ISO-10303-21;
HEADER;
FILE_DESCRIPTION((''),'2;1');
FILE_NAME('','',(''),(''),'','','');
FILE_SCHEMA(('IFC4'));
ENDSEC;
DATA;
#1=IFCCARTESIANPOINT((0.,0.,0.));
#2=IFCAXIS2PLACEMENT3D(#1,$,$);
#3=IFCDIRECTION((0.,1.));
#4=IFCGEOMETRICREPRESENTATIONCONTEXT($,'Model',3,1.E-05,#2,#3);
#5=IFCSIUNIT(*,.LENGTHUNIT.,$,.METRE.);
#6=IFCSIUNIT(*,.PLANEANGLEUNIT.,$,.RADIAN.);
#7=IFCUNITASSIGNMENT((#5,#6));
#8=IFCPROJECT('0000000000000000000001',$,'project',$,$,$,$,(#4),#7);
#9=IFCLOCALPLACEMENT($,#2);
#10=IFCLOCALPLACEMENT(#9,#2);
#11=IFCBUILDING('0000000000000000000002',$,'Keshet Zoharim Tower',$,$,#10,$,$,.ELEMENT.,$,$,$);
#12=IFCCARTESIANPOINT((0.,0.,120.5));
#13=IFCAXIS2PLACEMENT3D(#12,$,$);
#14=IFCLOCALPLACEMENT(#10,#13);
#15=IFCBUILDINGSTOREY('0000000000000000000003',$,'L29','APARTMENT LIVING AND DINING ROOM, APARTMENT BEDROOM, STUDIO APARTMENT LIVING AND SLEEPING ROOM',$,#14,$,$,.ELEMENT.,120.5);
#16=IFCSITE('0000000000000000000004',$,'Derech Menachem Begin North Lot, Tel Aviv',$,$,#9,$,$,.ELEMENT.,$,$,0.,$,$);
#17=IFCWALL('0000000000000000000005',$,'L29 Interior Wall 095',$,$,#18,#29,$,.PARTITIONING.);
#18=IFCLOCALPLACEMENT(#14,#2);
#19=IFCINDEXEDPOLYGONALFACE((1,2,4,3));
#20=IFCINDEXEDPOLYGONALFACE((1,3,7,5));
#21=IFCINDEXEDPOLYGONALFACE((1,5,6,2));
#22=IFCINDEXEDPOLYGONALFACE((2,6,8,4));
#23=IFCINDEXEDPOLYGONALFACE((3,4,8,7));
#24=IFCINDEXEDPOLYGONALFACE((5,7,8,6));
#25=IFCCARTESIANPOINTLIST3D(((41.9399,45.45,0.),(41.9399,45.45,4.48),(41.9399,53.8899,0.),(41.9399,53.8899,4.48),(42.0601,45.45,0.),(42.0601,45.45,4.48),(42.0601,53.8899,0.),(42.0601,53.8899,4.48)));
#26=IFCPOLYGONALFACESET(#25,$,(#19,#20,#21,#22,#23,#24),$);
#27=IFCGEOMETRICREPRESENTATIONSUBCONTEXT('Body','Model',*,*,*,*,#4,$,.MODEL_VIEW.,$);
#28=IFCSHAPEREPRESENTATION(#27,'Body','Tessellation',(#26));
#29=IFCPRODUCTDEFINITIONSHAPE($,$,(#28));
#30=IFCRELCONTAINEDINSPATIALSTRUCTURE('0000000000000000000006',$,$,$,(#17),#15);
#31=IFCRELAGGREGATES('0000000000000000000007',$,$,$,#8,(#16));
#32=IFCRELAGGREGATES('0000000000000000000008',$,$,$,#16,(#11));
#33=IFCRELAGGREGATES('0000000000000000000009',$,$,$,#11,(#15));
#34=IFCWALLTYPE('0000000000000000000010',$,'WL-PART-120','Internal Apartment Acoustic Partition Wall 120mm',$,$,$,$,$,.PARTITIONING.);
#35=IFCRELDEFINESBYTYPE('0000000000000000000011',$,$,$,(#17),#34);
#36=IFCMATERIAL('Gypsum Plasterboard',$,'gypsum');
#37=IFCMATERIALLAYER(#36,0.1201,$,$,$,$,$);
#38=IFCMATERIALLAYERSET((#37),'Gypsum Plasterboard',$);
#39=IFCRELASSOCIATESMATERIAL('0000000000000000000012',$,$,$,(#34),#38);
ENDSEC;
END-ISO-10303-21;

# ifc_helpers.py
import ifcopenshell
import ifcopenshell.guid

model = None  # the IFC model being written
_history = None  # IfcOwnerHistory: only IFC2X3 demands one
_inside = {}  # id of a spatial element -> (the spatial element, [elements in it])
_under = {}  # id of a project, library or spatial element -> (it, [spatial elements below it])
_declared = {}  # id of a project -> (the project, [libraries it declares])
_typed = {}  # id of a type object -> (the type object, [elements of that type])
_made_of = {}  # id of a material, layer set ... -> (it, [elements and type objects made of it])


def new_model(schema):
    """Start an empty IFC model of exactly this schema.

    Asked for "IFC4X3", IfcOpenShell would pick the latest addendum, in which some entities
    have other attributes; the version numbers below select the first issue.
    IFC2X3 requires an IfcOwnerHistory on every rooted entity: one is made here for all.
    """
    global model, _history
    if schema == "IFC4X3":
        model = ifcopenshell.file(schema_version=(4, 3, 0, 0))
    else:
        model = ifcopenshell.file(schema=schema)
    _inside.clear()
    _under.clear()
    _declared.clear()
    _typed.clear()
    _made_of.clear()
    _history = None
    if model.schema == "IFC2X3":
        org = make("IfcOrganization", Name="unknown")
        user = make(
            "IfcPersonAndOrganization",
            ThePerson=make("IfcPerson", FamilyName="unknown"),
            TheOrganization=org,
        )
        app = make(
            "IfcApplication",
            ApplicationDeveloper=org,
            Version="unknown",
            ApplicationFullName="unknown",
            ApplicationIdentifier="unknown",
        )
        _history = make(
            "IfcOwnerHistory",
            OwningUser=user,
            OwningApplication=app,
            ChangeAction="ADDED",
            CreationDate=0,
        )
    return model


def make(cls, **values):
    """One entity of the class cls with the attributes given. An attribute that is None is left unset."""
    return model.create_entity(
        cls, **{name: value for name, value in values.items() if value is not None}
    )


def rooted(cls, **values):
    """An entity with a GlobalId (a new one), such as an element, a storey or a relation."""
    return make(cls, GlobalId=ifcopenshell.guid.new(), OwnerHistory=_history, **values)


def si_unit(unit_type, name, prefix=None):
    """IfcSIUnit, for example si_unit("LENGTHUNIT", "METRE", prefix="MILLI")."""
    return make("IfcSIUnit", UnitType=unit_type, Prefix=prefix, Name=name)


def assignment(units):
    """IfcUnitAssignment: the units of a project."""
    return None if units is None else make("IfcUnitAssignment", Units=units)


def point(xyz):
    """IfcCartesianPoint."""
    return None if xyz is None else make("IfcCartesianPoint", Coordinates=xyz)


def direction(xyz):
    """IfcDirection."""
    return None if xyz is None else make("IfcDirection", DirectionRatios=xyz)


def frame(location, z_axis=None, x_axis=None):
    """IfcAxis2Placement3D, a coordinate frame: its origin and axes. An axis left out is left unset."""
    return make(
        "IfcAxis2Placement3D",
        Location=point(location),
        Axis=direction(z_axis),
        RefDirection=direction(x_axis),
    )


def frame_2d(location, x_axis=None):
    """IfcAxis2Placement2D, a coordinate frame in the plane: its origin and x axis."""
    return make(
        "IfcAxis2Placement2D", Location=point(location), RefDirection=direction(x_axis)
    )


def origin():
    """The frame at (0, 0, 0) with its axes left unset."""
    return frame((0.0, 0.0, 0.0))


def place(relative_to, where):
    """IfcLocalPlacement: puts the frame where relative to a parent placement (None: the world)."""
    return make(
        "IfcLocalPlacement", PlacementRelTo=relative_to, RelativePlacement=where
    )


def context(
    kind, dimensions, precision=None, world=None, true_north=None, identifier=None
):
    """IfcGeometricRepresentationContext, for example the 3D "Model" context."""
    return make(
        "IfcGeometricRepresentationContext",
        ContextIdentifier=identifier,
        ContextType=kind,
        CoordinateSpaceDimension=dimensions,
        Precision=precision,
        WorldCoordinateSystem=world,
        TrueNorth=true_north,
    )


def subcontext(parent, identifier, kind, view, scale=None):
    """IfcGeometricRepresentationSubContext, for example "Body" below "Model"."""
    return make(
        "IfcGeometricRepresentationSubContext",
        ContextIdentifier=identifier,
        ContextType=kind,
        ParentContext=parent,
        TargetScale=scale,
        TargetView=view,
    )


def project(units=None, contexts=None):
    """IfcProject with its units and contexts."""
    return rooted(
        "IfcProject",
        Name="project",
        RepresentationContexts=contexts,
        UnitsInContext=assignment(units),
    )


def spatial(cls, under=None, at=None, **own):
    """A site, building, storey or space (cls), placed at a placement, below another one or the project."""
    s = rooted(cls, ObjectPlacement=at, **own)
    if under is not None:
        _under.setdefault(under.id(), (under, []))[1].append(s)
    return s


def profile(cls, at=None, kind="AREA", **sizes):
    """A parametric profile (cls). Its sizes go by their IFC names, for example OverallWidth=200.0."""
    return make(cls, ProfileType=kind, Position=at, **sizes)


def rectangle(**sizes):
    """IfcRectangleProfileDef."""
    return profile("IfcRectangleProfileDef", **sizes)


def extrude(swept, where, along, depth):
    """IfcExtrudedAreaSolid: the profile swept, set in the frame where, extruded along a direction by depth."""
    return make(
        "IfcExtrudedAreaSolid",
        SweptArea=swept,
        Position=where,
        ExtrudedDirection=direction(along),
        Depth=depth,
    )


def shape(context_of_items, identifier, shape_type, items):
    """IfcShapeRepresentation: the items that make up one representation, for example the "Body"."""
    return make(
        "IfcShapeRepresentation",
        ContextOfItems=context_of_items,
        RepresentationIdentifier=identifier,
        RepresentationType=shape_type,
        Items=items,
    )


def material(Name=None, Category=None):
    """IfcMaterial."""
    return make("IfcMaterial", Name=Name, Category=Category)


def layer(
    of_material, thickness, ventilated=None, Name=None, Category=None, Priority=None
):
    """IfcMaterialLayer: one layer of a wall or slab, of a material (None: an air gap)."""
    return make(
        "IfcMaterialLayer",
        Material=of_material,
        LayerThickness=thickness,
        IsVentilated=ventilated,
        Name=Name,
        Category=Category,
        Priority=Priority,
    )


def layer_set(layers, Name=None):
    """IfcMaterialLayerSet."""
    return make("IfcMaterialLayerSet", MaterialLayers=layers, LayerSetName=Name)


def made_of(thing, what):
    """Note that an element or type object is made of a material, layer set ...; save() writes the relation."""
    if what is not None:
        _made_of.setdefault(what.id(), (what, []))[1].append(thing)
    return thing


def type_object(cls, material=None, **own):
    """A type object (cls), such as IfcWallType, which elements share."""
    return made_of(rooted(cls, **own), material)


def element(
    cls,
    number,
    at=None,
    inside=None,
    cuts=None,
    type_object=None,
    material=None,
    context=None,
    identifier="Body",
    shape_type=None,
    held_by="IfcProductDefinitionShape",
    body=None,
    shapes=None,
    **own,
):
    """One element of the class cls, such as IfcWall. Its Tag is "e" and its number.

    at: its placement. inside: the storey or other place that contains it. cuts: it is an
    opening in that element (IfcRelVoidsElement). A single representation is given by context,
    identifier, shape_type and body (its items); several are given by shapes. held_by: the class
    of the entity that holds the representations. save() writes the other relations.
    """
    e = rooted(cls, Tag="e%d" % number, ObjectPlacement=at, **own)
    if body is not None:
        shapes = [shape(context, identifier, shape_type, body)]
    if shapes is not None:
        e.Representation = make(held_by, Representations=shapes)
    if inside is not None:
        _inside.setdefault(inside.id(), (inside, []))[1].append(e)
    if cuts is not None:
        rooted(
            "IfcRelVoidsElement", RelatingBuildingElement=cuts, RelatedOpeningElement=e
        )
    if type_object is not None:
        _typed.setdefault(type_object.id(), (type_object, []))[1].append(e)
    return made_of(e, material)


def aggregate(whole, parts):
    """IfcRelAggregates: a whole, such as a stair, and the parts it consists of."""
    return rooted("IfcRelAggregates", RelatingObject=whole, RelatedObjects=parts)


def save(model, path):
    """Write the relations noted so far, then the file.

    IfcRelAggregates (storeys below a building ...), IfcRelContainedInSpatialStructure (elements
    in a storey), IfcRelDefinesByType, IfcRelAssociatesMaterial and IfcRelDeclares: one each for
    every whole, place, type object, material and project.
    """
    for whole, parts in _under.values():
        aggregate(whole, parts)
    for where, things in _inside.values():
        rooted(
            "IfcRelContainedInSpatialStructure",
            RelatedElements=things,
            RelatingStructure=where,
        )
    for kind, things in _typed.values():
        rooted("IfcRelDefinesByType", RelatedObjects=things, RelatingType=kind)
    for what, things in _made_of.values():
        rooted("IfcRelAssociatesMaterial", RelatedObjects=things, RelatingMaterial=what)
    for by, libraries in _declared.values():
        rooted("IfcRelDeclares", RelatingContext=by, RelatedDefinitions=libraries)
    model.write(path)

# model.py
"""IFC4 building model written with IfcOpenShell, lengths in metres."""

from ifc_helpers import new_model, si_unit, direction, frame, frame_2d, origin, place, context, subcontext, project, spatial, rectangle, extrude, material, layer, layer_set, type_object, element, save


model = new_model("IFC4")

# Units and contexts
model_context = context("Model", 3, precision=1e-05, world=origin(), true_north=direction((0.0, 1.0)))
body_context = subcontext(model_context, "Body", "Model", "MODEL_VIEW")
ifc_project = project(units=[si_unit("LENGTHUNIT", "METRE"), si_unit("PLANEANGLEUNIT", "RADIAN")], contexts=[model_context])

# Site, building, storey
site_placement = place(None, origin())
site = spatial("IfcSite", under=ifc_project, at=site_placement, Name="Derech Menachem Begin North Lot, Tel Aviv", CompositionType="ELEMENT", RefElevation=0.0)
building_placement = place(site_placement, origin())
building = spatial("IfcBuilding", under=site, at=building_placement, Name="Keshet Zoharim Tower", CompositionType="ELEMENT")
storey_placement = place(building_placement, frame((0.0, 0.0, 120.5)))
storey = spatial("IfcBuildingStorey", under=building, at=storey_placement, Name="L29", Description="APARTMENT LIVING AND DINING ROOM, APARTMENT BEDROOM, STUDIO APARTMENT LIVING AND SLEEPING ROOM", CompositionType="ELEMENT", Elevation=120.5)

# Wall
ifc_material_1 = material(Name="Gypsum Plasterboard", Category="gypsum")
ifc_layer_1 = layer(ifc_material_1, 0.1201)
ifc_layer_set_1 = layer_set([ifc_layer_1], Name="Gypsum Plasterboard")
wall_type = type_object("IfcWallType", Name="WL-PART-120", Description="Internal Apartment Acoustic Partition Wall 120mm", PredefinedType="PARTITIONING", material=ifc_layer_set_1)
wall_1_placement = place(storey_placement, frame((42.0, 45.45, 0.0), z_axis=(0.0, 0.0, 1.0), x_axis=(0.0, 1.0, 0.0)))
element("IfcWall", 1, at=wall_1_placement, inside=storey, type_object=wall_type, Name="L29 Interior Wall 095", PredefinedType="PARTITIONING", context=body_context, shape_type="SweptSolid", body=[
    extrude(rectangle(XDim=8.4399, YDim=0.1201, at=frame_2d((4.22, 0.0))), origin(), (0.0, 0.0, 1.0), 4.48),
])

save(model, "model.ifc")
